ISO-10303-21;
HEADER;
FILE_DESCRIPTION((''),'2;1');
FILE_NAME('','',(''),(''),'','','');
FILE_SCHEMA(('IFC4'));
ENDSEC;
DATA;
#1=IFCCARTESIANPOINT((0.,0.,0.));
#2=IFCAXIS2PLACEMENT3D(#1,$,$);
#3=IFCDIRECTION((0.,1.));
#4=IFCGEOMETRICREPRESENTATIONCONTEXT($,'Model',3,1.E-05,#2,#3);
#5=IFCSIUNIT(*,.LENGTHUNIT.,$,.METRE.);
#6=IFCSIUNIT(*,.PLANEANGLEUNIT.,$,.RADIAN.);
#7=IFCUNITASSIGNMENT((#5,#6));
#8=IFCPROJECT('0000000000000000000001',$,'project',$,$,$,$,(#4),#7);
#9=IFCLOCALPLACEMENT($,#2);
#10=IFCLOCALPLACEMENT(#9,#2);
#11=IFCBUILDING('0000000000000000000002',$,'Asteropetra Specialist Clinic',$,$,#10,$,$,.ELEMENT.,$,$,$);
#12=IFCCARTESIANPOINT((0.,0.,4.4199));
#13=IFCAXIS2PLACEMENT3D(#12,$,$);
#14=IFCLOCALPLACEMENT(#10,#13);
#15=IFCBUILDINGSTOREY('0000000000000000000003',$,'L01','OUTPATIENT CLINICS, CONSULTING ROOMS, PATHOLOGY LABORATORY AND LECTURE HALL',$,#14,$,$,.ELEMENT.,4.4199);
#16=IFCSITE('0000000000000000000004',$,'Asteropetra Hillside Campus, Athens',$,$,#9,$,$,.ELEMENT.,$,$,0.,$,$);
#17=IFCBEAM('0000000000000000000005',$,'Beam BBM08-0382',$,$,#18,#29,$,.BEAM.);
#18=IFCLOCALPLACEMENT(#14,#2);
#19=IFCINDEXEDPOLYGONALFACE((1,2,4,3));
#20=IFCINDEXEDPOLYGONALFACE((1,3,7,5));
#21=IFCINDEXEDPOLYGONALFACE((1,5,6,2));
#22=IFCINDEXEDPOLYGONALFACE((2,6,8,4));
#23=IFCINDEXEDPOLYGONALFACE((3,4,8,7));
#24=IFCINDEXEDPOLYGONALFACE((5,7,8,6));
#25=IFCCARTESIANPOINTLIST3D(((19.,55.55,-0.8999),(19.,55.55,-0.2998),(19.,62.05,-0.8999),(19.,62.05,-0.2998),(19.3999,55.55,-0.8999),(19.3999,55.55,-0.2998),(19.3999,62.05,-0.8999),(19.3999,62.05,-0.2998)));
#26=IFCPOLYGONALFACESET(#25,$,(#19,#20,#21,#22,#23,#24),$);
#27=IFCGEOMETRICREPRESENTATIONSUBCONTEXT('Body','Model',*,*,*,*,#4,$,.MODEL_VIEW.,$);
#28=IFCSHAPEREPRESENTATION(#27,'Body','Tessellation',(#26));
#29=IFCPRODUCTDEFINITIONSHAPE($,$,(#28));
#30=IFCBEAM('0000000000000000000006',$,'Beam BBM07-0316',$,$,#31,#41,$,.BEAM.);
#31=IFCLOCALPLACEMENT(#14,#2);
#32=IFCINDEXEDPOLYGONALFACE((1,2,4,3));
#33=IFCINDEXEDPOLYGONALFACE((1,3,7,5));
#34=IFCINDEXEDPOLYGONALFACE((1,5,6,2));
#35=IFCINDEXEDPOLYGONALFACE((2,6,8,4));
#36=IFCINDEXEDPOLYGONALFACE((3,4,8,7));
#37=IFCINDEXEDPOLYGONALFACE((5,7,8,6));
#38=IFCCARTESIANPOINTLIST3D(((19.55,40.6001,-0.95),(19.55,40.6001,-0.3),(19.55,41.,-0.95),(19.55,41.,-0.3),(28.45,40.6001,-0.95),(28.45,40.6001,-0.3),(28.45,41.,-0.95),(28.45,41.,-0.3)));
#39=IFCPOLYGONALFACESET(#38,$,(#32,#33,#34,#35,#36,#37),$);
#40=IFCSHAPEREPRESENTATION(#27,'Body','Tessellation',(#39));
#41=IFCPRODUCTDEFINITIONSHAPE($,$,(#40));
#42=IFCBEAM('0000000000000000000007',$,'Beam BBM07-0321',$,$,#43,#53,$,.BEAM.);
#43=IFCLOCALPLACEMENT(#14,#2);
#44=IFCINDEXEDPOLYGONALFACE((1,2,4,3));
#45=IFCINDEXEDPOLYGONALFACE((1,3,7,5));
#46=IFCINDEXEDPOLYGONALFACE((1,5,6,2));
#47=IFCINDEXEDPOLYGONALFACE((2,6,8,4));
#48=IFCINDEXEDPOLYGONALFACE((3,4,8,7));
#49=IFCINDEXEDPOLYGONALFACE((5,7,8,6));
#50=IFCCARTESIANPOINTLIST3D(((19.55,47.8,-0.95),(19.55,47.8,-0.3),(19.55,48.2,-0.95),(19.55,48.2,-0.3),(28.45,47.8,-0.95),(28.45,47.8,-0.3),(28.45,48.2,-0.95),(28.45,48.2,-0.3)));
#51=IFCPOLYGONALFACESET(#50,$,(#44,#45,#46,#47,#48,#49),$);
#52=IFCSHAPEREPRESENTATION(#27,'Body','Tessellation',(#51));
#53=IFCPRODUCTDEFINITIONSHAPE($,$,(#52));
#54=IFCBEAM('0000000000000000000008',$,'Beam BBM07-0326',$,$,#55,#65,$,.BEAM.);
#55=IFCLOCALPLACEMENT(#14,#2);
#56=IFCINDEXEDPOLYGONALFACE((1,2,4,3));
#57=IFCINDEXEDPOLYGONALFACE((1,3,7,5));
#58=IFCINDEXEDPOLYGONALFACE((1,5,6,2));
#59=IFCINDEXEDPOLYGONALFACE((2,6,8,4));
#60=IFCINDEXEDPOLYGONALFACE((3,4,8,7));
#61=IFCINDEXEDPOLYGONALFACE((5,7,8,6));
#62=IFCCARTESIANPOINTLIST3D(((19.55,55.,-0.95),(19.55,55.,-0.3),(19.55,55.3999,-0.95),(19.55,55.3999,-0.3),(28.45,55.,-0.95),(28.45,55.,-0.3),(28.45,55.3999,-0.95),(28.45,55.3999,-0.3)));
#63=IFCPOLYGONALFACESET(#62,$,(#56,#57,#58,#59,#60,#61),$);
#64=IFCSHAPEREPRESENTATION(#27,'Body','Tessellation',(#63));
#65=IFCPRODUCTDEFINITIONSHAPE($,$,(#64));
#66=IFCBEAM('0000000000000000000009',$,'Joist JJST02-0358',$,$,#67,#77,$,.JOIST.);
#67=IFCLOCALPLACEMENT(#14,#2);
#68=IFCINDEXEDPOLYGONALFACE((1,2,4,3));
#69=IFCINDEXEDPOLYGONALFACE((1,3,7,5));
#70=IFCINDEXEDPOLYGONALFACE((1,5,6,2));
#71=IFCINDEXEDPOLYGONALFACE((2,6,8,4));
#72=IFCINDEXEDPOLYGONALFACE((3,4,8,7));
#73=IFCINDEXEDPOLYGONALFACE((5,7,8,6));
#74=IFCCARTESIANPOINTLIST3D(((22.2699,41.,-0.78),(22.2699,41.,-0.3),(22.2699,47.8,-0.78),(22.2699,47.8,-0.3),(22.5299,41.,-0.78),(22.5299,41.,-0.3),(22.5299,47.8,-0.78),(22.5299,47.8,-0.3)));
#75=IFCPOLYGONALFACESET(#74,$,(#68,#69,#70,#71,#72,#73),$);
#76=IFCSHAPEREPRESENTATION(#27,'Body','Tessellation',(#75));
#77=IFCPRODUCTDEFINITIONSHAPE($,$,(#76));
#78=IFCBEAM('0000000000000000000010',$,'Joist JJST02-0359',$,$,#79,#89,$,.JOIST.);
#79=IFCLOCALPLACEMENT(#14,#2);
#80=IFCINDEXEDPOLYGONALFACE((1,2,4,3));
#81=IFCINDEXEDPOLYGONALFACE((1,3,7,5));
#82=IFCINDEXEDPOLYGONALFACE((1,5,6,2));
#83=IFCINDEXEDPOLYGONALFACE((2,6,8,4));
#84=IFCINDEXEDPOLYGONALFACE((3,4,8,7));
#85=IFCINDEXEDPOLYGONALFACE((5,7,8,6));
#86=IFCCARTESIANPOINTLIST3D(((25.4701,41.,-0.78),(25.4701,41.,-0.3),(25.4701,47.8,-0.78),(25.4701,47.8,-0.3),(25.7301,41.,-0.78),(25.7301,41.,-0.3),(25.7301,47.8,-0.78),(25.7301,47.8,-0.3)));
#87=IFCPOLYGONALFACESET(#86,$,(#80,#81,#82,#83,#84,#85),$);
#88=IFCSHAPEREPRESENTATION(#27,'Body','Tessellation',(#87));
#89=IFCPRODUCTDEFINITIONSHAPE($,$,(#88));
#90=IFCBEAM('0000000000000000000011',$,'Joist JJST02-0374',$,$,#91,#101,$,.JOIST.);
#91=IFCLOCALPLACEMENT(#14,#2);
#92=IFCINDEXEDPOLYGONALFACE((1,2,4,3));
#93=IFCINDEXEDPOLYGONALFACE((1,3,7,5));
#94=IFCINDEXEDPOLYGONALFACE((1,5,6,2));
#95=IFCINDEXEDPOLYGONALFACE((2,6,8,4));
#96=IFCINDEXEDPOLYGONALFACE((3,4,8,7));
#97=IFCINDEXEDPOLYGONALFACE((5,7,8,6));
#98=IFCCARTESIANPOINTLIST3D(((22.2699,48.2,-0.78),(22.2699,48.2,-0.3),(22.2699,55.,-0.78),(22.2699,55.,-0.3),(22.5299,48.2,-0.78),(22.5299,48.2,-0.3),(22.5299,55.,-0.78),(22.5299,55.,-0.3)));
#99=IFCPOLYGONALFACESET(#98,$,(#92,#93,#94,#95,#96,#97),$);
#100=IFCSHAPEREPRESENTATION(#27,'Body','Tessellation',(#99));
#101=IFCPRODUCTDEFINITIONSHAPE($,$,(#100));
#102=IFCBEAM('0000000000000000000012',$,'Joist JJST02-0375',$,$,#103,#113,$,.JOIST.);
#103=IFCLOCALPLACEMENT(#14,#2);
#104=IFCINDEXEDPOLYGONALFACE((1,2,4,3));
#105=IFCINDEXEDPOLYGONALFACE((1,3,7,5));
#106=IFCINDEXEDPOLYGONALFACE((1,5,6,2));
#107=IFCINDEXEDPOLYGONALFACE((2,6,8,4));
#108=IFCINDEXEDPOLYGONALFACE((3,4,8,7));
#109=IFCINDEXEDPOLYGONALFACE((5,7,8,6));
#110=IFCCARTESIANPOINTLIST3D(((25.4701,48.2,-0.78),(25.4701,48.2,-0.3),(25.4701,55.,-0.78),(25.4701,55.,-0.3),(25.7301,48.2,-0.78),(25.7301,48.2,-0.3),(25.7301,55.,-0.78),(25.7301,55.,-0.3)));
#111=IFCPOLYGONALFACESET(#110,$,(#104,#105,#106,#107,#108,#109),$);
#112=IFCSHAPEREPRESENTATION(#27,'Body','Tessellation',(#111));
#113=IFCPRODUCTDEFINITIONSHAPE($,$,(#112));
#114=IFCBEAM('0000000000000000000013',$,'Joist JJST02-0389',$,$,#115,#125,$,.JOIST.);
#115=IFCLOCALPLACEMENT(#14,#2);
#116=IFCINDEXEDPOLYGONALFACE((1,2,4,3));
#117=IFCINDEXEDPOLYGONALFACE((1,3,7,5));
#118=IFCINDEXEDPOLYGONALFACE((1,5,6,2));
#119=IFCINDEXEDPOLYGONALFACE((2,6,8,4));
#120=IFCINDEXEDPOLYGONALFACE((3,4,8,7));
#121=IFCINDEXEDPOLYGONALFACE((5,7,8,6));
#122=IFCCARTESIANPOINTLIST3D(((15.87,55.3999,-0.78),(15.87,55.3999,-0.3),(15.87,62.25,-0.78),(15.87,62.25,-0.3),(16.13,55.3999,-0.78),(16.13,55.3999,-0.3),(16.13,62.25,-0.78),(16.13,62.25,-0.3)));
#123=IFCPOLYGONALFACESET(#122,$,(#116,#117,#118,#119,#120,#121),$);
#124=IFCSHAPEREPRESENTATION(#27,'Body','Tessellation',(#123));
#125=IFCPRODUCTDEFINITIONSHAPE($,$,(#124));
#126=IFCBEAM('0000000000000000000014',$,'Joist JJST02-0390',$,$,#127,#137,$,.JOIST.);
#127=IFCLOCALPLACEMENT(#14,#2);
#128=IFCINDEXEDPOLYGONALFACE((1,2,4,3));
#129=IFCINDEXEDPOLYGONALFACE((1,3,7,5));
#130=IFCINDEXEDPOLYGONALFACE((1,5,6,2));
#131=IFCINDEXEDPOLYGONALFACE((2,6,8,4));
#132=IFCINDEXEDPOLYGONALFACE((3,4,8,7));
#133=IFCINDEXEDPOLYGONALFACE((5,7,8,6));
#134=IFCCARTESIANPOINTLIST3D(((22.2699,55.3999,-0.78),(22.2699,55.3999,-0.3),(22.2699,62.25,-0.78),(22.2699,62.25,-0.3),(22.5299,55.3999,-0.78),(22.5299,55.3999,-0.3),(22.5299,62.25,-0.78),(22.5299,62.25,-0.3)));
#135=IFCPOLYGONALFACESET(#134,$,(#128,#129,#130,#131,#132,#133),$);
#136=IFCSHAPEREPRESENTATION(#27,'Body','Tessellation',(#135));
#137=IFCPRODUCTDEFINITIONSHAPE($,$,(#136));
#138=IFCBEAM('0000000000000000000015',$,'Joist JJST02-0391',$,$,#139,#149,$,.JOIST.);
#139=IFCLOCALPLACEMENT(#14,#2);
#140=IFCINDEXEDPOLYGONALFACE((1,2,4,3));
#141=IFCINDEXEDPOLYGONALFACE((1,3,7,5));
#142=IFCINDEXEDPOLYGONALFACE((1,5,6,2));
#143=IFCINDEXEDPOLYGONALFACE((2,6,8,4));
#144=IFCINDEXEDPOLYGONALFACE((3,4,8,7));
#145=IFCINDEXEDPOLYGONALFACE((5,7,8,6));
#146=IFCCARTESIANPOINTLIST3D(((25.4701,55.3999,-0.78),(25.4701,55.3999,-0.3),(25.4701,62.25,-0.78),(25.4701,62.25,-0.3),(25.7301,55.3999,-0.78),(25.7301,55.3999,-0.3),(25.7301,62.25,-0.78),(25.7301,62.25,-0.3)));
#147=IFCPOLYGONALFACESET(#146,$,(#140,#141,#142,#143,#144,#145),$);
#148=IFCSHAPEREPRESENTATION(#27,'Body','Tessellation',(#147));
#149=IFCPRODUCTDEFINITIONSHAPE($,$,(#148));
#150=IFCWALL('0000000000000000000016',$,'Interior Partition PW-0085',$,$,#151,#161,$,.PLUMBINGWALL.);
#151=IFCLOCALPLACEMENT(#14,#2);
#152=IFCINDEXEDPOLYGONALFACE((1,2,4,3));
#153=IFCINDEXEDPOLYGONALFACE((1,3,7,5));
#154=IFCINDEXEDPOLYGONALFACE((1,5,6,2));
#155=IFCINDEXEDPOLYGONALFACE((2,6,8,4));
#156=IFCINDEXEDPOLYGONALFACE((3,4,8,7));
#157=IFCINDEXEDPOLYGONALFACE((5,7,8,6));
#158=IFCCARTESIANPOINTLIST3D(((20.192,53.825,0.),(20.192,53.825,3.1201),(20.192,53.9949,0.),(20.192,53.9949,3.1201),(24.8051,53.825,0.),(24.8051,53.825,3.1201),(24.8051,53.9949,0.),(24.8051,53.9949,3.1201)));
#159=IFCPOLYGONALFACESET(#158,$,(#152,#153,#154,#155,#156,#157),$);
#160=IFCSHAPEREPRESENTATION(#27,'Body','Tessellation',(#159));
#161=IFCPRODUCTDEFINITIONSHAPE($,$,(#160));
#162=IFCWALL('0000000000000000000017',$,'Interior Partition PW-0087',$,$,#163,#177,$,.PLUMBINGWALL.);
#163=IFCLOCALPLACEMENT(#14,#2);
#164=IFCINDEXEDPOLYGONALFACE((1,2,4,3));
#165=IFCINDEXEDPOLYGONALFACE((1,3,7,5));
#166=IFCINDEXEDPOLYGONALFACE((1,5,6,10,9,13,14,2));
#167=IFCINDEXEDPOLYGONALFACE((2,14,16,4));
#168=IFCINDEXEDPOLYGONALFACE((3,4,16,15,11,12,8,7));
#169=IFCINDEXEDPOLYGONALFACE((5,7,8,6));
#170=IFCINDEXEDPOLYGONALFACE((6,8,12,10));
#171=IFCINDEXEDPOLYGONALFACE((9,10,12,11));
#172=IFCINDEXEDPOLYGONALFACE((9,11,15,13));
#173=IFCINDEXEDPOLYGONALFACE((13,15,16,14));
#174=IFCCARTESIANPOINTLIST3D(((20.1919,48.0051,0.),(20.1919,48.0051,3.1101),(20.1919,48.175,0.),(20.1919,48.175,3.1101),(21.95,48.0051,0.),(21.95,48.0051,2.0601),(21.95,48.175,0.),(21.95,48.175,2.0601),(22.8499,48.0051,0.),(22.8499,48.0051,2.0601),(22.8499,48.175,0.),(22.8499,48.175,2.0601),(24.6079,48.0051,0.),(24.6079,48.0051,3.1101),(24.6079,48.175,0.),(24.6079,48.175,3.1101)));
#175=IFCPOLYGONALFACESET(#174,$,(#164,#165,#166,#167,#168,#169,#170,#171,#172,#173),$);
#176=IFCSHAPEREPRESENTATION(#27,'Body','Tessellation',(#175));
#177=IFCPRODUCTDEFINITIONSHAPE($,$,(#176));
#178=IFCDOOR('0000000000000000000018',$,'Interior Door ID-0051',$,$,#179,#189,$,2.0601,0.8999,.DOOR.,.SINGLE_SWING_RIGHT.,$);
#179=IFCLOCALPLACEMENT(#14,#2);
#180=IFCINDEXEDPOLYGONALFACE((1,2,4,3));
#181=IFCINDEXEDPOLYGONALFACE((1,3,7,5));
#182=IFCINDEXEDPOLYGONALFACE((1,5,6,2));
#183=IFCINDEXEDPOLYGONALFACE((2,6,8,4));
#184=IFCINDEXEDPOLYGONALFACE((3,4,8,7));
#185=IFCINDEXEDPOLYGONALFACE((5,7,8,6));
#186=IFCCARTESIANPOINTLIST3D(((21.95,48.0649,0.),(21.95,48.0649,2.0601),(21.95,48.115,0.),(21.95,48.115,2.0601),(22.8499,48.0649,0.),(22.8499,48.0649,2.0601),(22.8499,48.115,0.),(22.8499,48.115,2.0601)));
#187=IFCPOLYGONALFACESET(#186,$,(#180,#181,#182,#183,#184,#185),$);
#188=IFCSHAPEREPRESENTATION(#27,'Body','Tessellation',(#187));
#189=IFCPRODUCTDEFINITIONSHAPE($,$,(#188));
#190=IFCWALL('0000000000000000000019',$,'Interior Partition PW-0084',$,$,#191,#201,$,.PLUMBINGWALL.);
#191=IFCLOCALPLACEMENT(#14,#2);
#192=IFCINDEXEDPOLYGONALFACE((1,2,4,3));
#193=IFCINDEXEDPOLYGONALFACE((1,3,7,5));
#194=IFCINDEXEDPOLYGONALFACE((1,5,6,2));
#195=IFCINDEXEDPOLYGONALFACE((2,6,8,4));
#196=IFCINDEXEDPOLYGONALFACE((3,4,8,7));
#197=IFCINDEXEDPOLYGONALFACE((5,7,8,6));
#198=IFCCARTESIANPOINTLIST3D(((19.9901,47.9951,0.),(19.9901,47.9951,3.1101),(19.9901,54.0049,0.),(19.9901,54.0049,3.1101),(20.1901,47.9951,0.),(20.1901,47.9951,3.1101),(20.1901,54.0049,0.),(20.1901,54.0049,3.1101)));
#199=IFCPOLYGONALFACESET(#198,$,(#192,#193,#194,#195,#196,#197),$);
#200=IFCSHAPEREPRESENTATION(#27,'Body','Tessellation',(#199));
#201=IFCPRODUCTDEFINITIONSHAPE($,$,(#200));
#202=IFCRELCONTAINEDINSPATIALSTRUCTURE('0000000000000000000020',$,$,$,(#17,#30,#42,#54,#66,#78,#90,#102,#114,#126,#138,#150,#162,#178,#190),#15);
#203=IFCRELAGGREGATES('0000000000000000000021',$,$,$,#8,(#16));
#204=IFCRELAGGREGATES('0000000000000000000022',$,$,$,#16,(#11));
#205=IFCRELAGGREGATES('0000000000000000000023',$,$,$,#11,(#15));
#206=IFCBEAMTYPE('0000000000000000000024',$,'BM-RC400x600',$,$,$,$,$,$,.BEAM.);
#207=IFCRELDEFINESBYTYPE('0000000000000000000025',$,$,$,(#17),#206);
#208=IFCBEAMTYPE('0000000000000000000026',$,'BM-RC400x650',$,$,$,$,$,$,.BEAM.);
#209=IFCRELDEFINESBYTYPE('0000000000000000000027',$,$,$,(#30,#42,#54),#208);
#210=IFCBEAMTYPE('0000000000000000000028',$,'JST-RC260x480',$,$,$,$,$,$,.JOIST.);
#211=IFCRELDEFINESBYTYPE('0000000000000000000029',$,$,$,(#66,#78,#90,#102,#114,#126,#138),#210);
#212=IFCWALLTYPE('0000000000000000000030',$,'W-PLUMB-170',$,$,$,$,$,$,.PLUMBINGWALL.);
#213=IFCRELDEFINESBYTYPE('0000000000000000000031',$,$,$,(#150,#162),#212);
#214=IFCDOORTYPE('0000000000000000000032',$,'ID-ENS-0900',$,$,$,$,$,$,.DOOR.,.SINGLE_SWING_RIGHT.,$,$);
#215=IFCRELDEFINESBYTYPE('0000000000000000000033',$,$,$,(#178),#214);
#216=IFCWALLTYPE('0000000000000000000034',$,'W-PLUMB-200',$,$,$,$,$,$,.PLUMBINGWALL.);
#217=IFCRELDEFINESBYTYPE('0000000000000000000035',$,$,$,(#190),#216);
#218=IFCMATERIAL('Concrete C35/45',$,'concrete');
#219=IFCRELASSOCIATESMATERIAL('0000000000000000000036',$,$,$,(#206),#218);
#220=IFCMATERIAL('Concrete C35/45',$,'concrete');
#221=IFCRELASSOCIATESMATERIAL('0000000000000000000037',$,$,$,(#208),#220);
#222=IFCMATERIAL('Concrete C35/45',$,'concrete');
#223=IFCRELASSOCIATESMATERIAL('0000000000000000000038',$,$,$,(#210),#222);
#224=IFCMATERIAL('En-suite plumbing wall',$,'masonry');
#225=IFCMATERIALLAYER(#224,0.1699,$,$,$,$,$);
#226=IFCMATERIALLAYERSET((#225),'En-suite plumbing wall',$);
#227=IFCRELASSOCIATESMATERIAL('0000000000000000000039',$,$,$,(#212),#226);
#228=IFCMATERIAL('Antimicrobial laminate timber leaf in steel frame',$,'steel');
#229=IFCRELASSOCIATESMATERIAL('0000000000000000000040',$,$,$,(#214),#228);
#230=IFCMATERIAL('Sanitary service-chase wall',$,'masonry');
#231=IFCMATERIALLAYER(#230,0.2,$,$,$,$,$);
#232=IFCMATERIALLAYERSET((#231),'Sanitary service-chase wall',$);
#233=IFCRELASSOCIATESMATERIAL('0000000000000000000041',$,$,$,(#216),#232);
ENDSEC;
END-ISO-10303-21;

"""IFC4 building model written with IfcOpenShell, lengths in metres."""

from ifc_helpers import new_model, si_unit, direction, frame, frame_2d, origin, origin_2d, place, context, subcontext, project, spatial, rectangle, extrude, material, layer, layer_set, material_profile, profile_set, type_object, element, fill, save


model = new_model("IFC4")

# Units and contexts
model_context = context("Model", 3, precision=1e-05, world=origin(), true_north=direction((0.0, 1.0)))
body_context = subcontext(model_context, "Body", "Model", "MODEL_VIEW")
ifc_project = project(units=[si_unit("LENGTHUNIT", "METRE"), si_unit("PLANEANGLEUNIT", "RADIAN")], contexts=[model_context])

# Site, building, storey
site_placement = place(None, origin())
site = spatial("IfcSite", under=ifc_project, at=site_placement, Name="Asteropetra Hillside Campus, Athens", CompositionType="ELEMENT", RefElevation=0.0)
building_placement = place(site_placement, origin())
building = spatial("IfcBuilding", under=site, at=building_placement, Name="Asteropetra Specialist Clinic", CompositionType="ELEMENT")
storey_placement = place(building_placement, frame((0.0, 0.0, 4.4199)))
storey = spatial("IfcBuildingStorey", under=building, at=storey_placement, Name="L01", Description="OUTPATIENT CLINICS, CONSULTING ROOMS, PATHOLOGY LABORATORY AND LECTURE HALL", CompositionType="ELEMENT", Elevation=4.4199)

# Beams
ifc_material_1 = material(Name="Concrete C35/45", Category="concrete")
ifc_material_profile_1 = material_profile(ifc_material_1, rectangle(XDim=0.3999, YDim=0.6001, at=origin_2d()), Name="RCB 400x600")
ifc_profile_set_1 = profile_set([ifc_material_profile_1], Name="Concrete C35/45")
beam_type_1 = type_object("IfcBeamType", Name="BM-RC400x600", PredefinedType="BEAM", material=ifc_profile_set_1)
for number, where, z_axis, x_axis, name in (
    (1, (19.2, 55.55, -0.5999), (0.0, 1.0, 0.0), (-1.0, 0.0, 0.0), "Beam BBM08-0382"),
):
    element("IfcBeam", number, at=place(storey_placement, frame(where, z_axis=z_axis, x_axis=x_axis)), inside=storey, type_object=beam_type_1, Name=name, PredefinedType="BEAM", context=body_context, shape_type="SweptSolid", body=[
        extrude(rectangle(XDim=0.3999, YDim=0.6001, at=origin_2d()), origin(), (0.0, 0.0, 1.0), 6.5),
    ])
ifc_material_2 = material(Name="Concrete C35/45", Category="concrete")
ifc_material_profile_2 = material_profile(ifc_material_2, rectangle(XDim=0.3999, YDim=0.6499, at=origin_2d()), Name="RCB 400x650")
ifc_profile_set_2 = profile_set([ifc_material_profile_2], Name="Concrete C35/45")
beam_type_2 = type_object("IfcBeamType", Name="BM-RC400x650", PredefinedType="BEAM", material=ifc_profile_set_2)
for number, where, z_axis, x_axis, name in (
    (2, (19.55, 40.8, -0.625), (1.0, 0.0, 0.0), (0.0, 1.0, 0.0), "Beam BBM07-0316"),
    (3, (19.55, 48.0, -0.625), (1.0, 0.0, 0.0), (0.0, 1.0, 0.0), "Beam BBM07-0321"),
    (4, (19.55, 55.2, -0.625), (1.0, 0.0, 0.0), (0.0, 1.0, 0.0), "Beam BBM07-0326"),
):
    element("IfcBeam", number, at=place(storey_placement, frame(where, z_axis=z_axis, x_axis=x_axis)), inside=storey, type_object=beam_type_2, Name=name, PredefinedType="BEAM", context=body_context, shape_type="SweptSolid", body=[
        extrude(rectangle(XDim=0.3999, YDim=0.6499, at=origin_2d()), origin(), (0.0, 0.0, 1.0), 8.8999),
    ])
ifc_material_3 = material(Name="Concrete C35/45", Category="concrete")
ifc_material_profile_3 = material_profile(ifc_material_3, rectangle(XDim=0.26, YDim=0.48, at=origin_2d()), Name="RCJ 260x480")
ifc_profile_set_3 = profile_set([ifc_material_profile_3], Name="Concrete C35/45")
beam_type_3 = type_object("IfcBeamType", Name="JST-RC260x480", PredefinedType="JOIST", material=ifc_profile_set_3)
for number, where, z_axis, x_axis, name in (
    (5, (22.3999, 41.0, -0.54), (0.0, 1.0, 0.0), (-1.0, 0.0, 0.0), "Joist JJST02-0358"),
    (6, (25.6001, 41.0, -0.54), (0.0, 1.0, 0.0), (-1.0, 0.0, 0.0), "Joist JJST02-0359"),
    (7, (22.3999, 48.2, -0.54), (0.0, 1.0, 0.0), (-1.0, 0.0, 0.0), "Joist JJST02-0374"),
    (8, (25.6001, 48.2, -0.54), (0.0, 1.0, 0.0), (-1.0, 0.0, 0.0), "Joist JJST02-0375"),
):
    element("IfcBeam", number, at=place(storey_placement, frame(where, z_axis=z_axis, x_axis=x_axis)), inside=storey, type_object=beam_type_3, Name=name, PredefinedType="JOIST", context=body_context, shape_type="SweptSolid", body=[
        extrude(rectangle(XDim=0.26, YDim=0.48, at=origin_2d()), origin(), (0.0, 0.0, 1.0), 6.8),
    ])
for number, where, z_axis, x_axis, name in (
    (9, (16.0, 55.3999, -0.54), (0.0, 1.0, 0.0), (-1.0, 0.0, 0.0), "Joist JJST02-0389"),
    (10, (22.3999, 55.3999, -0.54), (0.0, 1.0, 0.0), (-1.0, 0.0, 0.0), "Joist JJST02-0390"),
    (11, (25.6001, 55.3999, -0.54), (0.0, 1.0, 0.0), (-1.0, 0.0, 0.0), "Joist JJST02-0391"),
):
    element("IfcBeam", number, at=place(storey_placement, frame(where, z_axis=z_axis, x_axis=x_axis)), inside=storey, type_object=beam_type_3, Name=name, PredefinedType="JOIST", context=body_context, shape_type="SweptSolid", body=[
        extrude(rectangle(XDim=0.26, YDim=0.48, at=origin_2d()), origin(), (0.0, 0.0, 1.0), 6.8501),
    ])

# Wall
ifc_material_4 = material(Name="En-suite plumbing wall", Category="masonry")
ifc_layer_1 = layer(ifc_material_4, 0.1699)
ifc_layer_set_1 = layer_set([ifc_layer_1], Name="En-suite plumbing wall")
wall_type_1 = type_object("IfcWallType", Name="W-PLUMB-170", PredefinedType="PLUMBINGWALL", material=ifc_layer_set_1)
wall_1_placement = place(storey_placement, frame((20.1919, 53.9099, 0.0), z_axis=(0.0, 0.0, 1.0), x_axis=(1.0, 0.0, 0.0)))
element("IfcWall", 12, at=wall_1_placement, inside=storey, type_object=wall_type_1, Name="Interior Partition PW-0085", PredefinedType="PLUMBINGWALL", context=body_context, shape_type="SweptSolid", body=[
    extrude(rectangle(XDim=4.613, YDim=0.1699, at=frame_2d((2.3066, 0.0))), origin(), (0.0, 0.0, 1.0), 3.1201),
])

# Wall, opening, door
wall_2_placement = place(storey_placement, frame((20.1919, 48.0901, 0.0), z_axis=(0.0, 0.0, 1.0), x_axis=(1.0, 0.0, 0.0)))
wall_2 = element("IfcWall", 13, at=wall_2_placement, inside=storey, type_object=wall_type_1, Name="Interior Partition PW-0087", PredefinedType="PLUMBINGWALL", context=body_context, shape_type="SweptSolid", body=[
    extrude(rectangle(XDim=4.416, YDim=0.1699, at=frame_2d((2.208, 0.0))), origin(), (0.0, 0.0, 1.0), 3.1101),
])
opening_placement = place(wall_2_placement, frame((1.7581, 0.0, 0.0)))
opening = element("IfcOpeningElement", 14, at=opening_placement, cuts=wall_2, PredefinedType="OPENING", context=body_context, shape_type="SweptSolid", body=[
    extrude(rectangle(XDim=0.8999, YDim=2.0601, at=frame_2d((0.45, 1.03))), frame((0.0, 0.095, 0.0), z_axis=(0.0, -1.0, 0.0), x_axis=(1.0, 0.0, 0.0)), (0.0, 0.0, 1.0), 0.1899),
])
ifc_material_5 = material(Name="Antimicrobial laminate timber leaf in steel frame", Category="steel")
door_type = type_object("IfcDoorType", Name="ID-ENS-0900", OperationType="SINGLE_SWING_RIGHT", PredefinedType="DOOR", material=ifc_material_5)
door_placement = place(opening_placement, origin())
door = element("IfcDoor", 15, at=door_placement, inside=storey, type_object=door_type, Name="Interior Door ID-0051", OperationType="SINGLE_SWING_RIGHT", OverallHeight=2.0601, OverallWidth=0.8999, PredefinedType="DOOR", context=body_context, shape_type="SweptSolid", body=[
    extrude(rectangle(XDim=0.8999, YDim=2.0601, at=frame_2d((0.45, 1.03))), frame((0.0, 0.0249, 0.0), z_axis=(0.0, -1.0, 0.0), x_axis=(1.0, 0.0, 0.0)), (0.0, 0.0, 1.0), 0.05),
])
fill(opening, door)

# Wall
ifc_material_6 = material(Name="Sanitary service-chase wall", Category="masonry")
ifc_layer_2 = layer(ifc_material_6, 0.2)
ifc_layer_set_2 = layer_set([ifc_layer_2], Name="Sanitary service-chase wall")
wall_type_2 = type_object("IfcWallType", Name="W-PLUMB-200", PredefinedType="PLUMBINGWALL", material=ifc_layer_set_2)
wall_3_placement = place(storey_placement, frame((20.0901, 47.9951, 0.0), z_axis=(0.0, 0.0, 1.0), x_axis=(0.0, 1.0, 0.0)))
element("IfcWall", 16, at=wall_3_placement, inside=storey, type_object=wall_type_2, Name="Interior Partition PW-0084", PredefinedType="PLUMBINGWALL", context=body_context, shape_type="SweptSolid", body=[
    extrude(rectangle(XDim=6.0098, YDim=0.2, at=frame_2d((3.0049, 0.0))), origin(), (0.0, 0.0, 1.0), 3.1101),
])

save(model, "model.ifc")
